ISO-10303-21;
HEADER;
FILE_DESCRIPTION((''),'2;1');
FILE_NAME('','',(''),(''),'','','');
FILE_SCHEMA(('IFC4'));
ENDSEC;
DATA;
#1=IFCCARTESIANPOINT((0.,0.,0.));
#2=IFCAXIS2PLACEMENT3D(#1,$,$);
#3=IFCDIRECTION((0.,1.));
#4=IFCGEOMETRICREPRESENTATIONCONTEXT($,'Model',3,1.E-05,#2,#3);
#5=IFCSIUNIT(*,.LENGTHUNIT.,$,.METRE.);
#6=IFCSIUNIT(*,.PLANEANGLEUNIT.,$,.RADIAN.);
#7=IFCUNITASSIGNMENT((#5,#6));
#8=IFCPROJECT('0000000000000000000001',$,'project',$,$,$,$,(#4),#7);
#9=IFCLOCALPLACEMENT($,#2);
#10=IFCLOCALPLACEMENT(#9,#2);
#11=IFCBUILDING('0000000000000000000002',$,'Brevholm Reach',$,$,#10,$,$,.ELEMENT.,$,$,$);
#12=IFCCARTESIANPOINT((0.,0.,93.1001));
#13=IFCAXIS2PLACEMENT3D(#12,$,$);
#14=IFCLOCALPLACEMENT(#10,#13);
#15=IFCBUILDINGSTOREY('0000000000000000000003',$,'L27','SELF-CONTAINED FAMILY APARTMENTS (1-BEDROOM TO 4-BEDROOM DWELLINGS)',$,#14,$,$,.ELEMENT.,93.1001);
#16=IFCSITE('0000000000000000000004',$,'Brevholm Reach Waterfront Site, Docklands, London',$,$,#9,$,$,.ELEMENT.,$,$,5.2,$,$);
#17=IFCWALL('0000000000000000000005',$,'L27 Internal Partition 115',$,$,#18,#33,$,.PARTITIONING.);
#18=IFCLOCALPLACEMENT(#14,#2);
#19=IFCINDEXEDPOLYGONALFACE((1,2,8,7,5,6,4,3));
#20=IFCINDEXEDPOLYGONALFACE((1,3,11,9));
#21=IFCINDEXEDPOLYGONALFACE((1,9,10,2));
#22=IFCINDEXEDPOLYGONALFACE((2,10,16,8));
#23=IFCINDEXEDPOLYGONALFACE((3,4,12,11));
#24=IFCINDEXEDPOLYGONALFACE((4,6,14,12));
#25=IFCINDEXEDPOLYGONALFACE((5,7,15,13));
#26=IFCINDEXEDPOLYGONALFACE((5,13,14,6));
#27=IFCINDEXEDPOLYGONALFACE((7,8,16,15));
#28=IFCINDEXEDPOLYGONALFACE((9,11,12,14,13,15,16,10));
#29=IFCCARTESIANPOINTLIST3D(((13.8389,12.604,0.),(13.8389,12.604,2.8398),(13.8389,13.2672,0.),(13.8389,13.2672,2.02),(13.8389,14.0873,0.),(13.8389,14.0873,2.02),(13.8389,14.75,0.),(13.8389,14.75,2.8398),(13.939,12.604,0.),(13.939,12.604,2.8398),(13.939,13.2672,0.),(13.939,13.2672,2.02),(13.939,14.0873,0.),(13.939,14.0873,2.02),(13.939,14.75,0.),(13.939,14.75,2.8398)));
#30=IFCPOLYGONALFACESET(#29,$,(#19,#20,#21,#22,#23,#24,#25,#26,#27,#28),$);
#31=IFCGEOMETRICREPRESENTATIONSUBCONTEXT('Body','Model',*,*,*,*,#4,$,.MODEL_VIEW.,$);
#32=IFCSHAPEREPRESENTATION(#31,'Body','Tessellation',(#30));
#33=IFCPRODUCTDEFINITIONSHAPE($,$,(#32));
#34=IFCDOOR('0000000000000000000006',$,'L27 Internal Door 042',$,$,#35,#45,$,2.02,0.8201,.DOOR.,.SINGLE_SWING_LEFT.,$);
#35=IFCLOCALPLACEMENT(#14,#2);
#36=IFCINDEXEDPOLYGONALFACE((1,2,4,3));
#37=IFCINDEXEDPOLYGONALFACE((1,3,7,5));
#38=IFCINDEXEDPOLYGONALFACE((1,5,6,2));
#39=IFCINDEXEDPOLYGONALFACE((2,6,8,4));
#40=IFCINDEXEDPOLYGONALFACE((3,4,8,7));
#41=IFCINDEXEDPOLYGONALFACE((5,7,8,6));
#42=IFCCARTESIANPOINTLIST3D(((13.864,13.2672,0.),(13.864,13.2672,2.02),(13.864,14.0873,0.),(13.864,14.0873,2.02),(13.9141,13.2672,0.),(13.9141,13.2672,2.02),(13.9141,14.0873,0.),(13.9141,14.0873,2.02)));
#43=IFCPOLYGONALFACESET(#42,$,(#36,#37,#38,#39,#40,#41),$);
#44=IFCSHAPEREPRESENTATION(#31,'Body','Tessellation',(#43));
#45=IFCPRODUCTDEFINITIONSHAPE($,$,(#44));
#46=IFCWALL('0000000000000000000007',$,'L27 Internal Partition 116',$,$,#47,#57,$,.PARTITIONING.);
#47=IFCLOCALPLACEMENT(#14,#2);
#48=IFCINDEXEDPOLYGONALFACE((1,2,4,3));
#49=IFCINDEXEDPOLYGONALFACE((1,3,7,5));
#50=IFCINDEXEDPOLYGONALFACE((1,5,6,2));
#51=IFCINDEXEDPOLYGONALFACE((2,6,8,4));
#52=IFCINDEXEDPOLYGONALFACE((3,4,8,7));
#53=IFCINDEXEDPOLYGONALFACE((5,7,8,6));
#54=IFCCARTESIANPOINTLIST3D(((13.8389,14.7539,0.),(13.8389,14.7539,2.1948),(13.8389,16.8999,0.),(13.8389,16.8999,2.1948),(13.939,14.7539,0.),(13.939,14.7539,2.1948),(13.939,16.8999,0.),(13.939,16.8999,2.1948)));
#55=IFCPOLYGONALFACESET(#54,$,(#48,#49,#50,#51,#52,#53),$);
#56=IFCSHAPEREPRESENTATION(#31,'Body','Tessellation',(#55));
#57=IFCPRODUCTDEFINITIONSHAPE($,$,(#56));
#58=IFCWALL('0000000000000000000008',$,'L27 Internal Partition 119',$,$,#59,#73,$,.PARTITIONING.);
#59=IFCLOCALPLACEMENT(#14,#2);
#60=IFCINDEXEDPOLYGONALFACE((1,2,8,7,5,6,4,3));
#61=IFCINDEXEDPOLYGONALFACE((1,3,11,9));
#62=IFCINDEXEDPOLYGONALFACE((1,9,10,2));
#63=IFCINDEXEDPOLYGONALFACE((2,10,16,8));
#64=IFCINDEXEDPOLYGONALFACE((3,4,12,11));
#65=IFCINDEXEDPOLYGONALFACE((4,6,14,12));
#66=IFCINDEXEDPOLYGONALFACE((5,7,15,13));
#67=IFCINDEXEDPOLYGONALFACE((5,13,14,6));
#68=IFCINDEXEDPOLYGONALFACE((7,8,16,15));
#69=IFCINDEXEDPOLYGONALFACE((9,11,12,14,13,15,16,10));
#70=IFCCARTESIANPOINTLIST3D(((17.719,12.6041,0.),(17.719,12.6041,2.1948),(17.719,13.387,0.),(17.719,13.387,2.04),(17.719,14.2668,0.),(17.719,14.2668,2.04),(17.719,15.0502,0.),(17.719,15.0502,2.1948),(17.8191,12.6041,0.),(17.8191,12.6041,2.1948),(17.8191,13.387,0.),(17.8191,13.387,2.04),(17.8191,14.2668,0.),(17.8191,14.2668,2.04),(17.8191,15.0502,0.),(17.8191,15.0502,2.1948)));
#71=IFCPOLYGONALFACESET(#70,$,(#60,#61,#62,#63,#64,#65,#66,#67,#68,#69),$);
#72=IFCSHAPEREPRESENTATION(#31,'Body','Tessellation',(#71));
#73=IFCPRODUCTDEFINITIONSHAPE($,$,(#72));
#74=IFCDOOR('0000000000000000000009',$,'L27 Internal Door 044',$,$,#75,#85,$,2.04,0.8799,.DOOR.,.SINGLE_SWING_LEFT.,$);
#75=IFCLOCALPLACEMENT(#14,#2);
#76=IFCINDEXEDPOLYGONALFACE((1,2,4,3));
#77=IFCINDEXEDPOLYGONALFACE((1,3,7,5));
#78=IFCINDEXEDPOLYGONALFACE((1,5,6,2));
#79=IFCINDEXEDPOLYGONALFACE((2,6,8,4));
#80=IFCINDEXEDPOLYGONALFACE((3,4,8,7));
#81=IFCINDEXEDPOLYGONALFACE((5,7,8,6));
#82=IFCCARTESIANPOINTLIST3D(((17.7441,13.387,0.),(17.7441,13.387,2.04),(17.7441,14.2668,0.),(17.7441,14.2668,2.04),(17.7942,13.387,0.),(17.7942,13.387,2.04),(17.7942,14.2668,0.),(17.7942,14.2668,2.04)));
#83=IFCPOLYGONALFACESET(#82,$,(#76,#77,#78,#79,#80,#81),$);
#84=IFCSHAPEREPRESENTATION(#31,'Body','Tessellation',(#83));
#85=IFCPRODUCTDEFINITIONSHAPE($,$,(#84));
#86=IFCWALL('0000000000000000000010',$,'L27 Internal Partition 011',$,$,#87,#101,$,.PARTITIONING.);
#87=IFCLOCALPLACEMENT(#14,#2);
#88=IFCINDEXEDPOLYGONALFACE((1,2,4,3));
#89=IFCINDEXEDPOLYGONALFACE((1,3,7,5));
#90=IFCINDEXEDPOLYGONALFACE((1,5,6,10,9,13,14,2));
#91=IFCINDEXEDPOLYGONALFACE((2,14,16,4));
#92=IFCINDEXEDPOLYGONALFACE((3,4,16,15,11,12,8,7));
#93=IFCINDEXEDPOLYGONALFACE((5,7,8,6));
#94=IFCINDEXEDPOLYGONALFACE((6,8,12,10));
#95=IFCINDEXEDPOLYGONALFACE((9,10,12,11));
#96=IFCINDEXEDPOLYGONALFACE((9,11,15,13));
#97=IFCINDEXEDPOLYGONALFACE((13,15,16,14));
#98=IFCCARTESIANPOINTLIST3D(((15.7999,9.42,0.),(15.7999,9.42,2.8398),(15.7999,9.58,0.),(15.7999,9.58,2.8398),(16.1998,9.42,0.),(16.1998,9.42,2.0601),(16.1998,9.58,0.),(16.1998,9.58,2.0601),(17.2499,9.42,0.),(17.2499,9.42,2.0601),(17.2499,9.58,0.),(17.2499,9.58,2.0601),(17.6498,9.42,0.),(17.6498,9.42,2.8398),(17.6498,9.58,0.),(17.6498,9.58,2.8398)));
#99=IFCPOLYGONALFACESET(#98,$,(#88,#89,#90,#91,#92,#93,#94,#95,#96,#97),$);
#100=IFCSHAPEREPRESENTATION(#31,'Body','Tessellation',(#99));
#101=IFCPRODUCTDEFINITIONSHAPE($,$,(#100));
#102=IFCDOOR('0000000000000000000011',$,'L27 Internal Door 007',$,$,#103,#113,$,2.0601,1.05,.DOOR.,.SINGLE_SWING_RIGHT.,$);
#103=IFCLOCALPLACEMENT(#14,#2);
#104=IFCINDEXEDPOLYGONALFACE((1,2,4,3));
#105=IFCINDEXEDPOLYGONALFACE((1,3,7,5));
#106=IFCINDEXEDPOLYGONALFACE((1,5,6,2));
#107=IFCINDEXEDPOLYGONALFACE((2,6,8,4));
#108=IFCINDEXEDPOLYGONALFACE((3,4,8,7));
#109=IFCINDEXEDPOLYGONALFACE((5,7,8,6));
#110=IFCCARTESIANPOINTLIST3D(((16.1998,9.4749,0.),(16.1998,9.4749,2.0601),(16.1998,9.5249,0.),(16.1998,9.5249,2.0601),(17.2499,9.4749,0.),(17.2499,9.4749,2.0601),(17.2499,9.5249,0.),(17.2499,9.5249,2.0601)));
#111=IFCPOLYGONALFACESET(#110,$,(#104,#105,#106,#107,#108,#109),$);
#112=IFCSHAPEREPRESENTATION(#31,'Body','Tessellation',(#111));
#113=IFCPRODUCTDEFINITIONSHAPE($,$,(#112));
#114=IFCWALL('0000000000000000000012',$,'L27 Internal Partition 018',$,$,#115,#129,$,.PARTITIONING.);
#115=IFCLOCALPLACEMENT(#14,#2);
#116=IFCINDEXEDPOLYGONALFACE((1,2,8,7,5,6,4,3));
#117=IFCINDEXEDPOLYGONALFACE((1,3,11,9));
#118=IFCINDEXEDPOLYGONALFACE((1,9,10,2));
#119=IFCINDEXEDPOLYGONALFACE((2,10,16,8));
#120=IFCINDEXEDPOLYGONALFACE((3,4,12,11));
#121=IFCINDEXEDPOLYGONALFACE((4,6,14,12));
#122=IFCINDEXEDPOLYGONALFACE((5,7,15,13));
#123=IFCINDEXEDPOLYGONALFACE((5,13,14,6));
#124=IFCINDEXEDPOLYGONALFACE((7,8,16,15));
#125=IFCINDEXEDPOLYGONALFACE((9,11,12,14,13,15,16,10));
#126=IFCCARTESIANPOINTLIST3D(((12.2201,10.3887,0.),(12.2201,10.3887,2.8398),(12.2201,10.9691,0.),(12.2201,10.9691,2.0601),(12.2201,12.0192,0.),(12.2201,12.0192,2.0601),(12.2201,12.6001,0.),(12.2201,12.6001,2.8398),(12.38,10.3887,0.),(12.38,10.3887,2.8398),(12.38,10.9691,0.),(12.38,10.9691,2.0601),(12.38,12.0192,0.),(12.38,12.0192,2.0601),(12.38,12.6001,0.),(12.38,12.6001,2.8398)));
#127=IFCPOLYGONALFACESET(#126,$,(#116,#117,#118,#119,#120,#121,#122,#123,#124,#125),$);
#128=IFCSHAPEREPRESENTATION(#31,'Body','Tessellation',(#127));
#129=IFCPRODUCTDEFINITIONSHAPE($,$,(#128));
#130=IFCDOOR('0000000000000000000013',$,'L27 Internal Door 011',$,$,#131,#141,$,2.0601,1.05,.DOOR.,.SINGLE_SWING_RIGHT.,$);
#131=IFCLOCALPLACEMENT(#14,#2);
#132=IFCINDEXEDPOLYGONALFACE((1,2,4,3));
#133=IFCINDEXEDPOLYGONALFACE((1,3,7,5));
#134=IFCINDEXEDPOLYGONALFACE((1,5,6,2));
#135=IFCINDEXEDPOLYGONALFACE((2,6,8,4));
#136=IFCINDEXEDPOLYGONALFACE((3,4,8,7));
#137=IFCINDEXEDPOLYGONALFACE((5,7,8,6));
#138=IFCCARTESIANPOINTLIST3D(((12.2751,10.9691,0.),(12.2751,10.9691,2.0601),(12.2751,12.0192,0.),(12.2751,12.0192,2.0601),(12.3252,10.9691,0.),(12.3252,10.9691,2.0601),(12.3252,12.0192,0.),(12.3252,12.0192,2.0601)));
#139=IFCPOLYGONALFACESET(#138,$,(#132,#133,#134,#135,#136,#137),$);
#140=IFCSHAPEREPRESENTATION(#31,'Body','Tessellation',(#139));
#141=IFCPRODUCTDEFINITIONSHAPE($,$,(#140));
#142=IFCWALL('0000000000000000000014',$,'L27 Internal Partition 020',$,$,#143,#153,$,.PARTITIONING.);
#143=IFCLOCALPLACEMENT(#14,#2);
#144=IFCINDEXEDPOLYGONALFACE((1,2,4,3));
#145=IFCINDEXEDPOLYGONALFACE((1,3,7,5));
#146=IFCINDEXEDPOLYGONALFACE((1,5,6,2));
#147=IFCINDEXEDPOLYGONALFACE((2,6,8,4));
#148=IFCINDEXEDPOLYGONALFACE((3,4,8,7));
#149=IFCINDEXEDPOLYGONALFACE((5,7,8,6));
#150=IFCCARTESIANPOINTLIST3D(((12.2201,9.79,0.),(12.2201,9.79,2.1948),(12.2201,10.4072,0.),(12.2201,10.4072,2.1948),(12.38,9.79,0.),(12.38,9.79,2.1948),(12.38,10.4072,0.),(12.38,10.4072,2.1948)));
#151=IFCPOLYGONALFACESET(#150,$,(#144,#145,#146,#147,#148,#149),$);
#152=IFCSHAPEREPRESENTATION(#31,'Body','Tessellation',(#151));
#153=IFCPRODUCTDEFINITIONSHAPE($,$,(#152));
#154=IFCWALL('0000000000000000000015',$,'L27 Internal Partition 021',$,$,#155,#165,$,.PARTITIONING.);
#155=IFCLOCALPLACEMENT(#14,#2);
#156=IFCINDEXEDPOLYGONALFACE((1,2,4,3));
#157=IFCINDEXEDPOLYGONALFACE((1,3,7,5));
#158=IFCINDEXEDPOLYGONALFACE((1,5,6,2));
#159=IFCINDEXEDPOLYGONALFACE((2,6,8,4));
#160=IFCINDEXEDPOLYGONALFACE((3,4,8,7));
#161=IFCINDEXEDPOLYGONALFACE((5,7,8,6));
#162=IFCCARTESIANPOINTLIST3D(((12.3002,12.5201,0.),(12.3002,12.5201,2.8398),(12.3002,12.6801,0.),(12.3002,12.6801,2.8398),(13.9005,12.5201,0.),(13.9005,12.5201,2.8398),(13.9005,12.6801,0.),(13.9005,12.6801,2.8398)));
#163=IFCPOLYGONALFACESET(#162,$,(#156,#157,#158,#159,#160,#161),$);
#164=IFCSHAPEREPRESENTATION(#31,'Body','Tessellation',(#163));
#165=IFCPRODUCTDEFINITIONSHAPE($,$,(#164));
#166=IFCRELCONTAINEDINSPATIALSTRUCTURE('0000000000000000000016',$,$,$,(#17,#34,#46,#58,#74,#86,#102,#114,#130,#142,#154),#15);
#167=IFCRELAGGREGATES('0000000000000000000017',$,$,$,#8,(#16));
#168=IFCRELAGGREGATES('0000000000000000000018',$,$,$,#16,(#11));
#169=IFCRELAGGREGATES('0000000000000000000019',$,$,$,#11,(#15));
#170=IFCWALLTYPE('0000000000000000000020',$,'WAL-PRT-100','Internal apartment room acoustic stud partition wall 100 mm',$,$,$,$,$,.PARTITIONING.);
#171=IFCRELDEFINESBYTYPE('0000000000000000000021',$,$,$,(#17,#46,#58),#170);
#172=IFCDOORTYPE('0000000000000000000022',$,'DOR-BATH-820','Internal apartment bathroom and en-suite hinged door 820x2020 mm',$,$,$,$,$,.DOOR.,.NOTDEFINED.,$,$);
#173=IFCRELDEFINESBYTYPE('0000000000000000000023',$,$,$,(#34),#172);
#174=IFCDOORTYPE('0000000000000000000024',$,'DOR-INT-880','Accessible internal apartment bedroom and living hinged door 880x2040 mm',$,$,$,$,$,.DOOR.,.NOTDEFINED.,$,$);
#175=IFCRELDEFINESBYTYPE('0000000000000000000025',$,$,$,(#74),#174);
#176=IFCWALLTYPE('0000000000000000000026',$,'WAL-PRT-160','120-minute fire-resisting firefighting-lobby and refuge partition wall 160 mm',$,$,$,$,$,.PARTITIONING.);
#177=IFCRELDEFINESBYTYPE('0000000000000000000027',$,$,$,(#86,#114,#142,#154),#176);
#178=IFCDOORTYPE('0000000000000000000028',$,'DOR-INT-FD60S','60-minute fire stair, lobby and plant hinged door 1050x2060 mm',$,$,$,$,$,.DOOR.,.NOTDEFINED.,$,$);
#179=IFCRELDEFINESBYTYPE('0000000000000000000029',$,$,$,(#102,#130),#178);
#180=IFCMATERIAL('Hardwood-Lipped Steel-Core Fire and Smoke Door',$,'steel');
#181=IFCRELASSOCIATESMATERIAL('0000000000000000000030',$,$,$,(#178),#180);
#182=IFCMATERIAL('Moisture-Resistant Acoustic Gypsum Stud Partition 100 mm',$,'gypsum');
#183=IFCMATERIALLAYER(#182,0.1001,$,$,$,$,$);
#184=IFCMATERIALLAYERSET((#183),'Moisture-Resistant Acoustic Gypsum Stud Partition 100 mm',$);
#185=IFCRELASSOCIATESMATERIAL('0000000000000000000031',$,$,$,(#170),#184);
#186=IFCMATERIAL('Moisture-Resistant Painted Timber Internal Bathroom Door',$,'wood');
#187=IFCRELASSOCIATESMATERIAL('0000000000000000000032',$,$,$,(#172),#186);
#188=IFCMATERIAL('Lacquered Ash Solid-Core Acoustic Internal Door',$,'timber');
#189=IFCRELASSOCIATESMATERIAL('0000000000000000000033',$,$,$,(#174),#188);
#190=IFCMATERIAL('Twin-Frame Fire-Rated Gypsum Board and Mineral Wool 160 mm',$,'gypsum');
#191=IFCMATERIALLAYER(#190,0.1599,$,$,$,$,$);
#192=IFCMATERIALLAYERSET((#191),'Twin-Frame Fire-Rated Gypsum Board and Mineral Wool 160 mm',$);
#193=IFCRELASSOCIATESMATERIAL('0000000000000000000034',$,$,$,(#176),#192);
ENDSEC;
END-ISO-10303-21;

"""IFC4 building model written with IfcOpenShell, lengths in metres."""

from ifc_helpers import new_model, si_unit, direction, frame, frame_2d, origin, place, context, subcontext, project, spatial, rectangle, extrude, material, layer, layer_set, type_object, element, fill, save


model = new_model("IFC4")

# Units and contexts
model_context = context("Model", 3, precision=1e-05, world=origin(), true_north=direction((0.0, 1.0)))
body_context = subcontext(model_context, "Body", "Model", "MODEL_VIEW")
ifc_project = project(units=[si_unit("LENGTHUNIT", "METRE"), si_unit("PLANEANGLEUNIT", "RADIAN")], contexts=[model_context])

# Site, building, storey
site_placement = place(None, origin())
site = spatial("IfcSite", under=ifc_project, at=site_placement, Name="Brevholm Reach Waterfront Site, Docklands, London", CompositionType="ELEMENT", RefElevation=5.2)
building_placement = place(site_placement, origin())
building = spatial("IfcBuilding", under=site, at=building_placement, Name="Brevholm Reach", CompositionType="ELEMENT")
storey_placement = place(building_placement, frame((0.0, 0.0, 93.1001)))
storey = spatial("IfcBuildingStorey", under=building, at=storey_placement, Name="L27", Description="SELF-CONTAINED FAMILY APARTMENTS (1-BEDROOM TO 4-BEDROOM DWELLINGS)", CompositionType="ELEMENT", Elevation=93.1001)

# Wall, opening, door
ifc_material_1 = material(Name="Hardwood-Lipped Steel-Core Fire and Smoke Door", Category="steel")
door_type_1 = type_object("IfcDoorType", Name="DOR-INT-FD60S", Description="60-minute fire stair, lobby and plant hinged door 1050x2060 mm", OperationType="NOTDEFINED", PredefinedType="DOOR", material=ifc_material_1)
ifc_material_2 = material(Name="Moisture-Resistant Acoustic Gypsum Stud Partition 100 mm", Category="gypsum")
ifc_layer_1 = layer(ifc_material_2, 0.1001)
ifc_layer_set_1 = layer_set([ifc_layer_1], Name="Moisture-Resistant Acoustic Gypsum Stud Partition 100 mm")
wall_type_1 = type_object("IfcWallType", Name="WAL-PRT-100", Description="Internal apartment room acoustic stud partition wall 100 mm", PredefinedType="PARTITIONING", material=ifc_layer_set_1)
wall_1_placement = place(storey_placement, frame((13.8889, 12.604, 0.0), z_axis=(0.0, 0.0, 1.0), x_axis=(0.0, 1.0, 0.0)))
wall_1 = element("IfcWall", 1, at=wall_1_placement, inside=storey, type_object=wall_type_1, Name="L27 Internal Partition 115", PredefinedType="PARTITIONING", context=body_context, shape_type="SweptSolid", body=[
    extrude(rectangle(XDim=2.146, YDim=0.1001, at=frame_2d((1.073, 0.0))), origin(), (0.0, 0.0, 1.0), 2.8398),
])
opening_1_placement = place(wall_1_placement, frame((0.6631, 0.0, 0.0)))
opening_1 = element("IfcOpeningElement", 2, at=opening_1_placement, cuts=wall_1, PredefinedType="OPENING", context=body_context, shape_type="SweptSolid", body=[
    extrude(rectangle(XDim=0.8201, YDim=2.02, at=frame_2d((0.4102, 1.01))), frame((0.0, 0.0601, 0.0), z_axis=(0.0, -1.0, 0.0), x_axis=(1.0, 0.0, 0.0)), (0.0, 0.0, 1.0), 0.1201),
])
ifc_material_3 = material(Name="Moisture-Resistant Painted Timber Internal Bathroom Door", Category="wood")
door_type_2 = type_object("IfcDoorType", Name="DOR-BATH-820", Description="Internal apartment bathroom and en-suite hinged door 820x2020 mm", OperationType="NOTDEFINED", PredefinedType="DOOR", material=ifc_material_3)
door_1_placement = place(opening_1_placement, origin())
door_1 = element("IfcDoor", 3, at=door_1_placement, inside=storey, type_object=door_type_2, Name="L27 Internal Door 042", OperationType="SINGLE_SWING_LEFT", OverallHeight=2.02, OverallWidth=0.8201, PredefinedType="DOOR", context=body_context, shape_type="SweptSolid", body=[
    extrude(rectangle(XDim=0.8201, YDim=2.02, at=frame_2d((0.4102, 1.01))), frame((0.0, 0.0249, 0.0), z_axis=(0.0, -1.0, 0.0), x_axis=(1.0, 0.0, 0.0)), (0.0, 0.0, 1.0), 0.05),
])
fill(opening_1, door_1)

# Wall
wall_2_placement = place(storey_placement, frame((13.8889, 14.7539, 0.0), z_axis=(0.0, 0.0, 1.0), x_axis=(0.0, 1.0, 0.0)))
element("IfcWall", 4, at=wall_2_placement, inside=storey, type_object=wall_type_1, Name="L27 Internal Partition 116", PredefinedType="PARTITIONING", context=body_context, shape_type="SweptSolid", body=[
    extrude(rectangle(XDim=2.146, YDim=0.1001, at=frame_2d((1.073, 0.0))), origin(), (0.0, 0.0, 1.0), 2.1948),
])

# Walls, openings, doors
wall_3_placement = place(storey_placement, frame((17.769, 12.604, 0.0), z_axis=(0.0, 0.0, 1.0), x_axis=(0.0, 1.0, 0.0)))
wall_3 = element("IfcWall", 5, at=wall_3_placement, inside=storey, type_object=wall_type_1, Name="L27 Internal Partition 119", PredefinedType="PARTITIONING", context=body_context, shape_type="SweptSolid", body=[
    extrude(rectangle(XDim=2.446, YDim=0.1001, at=frame_2d((1.2231, 0.0))), origin(), (0.0, 0.0, 1.0), 2.1948),
])
opening_2_placement = place(wall_3_placement, frame((0.783, 0.0, 0.0)))
opening_2 = element("IfcOpeningElement", 6, at=opening_2_placement, cuts=wall_3, PredefinedType="OPENING", context=body_context, shape_type="SweptSolid", body=[
    extrude(rectangle(XDim=0.8799, YDim=2.04, at=frame_2d((0.4399, 1.02))), frame((0.0, 0.0601, 0.0), z_axis=(0.0, -1.0, 0.0), x_axis=(1.0, 0.0, 0.0)), (0.0, 0.0, 1.0), 0.1201),
])
ifc_material_4 = material(Name="Lacquered Ash Solid-Core Acoustic Internal Door", Category="timber")
door_type_3 = type_object("IfcDoorType", Name="DOR-INT-880", Description="Accessible internal apartment bedroom and living hinged door 880x2040 mm", OperationType="NOTDEFINED", PredefinedType="DOOR", material=ifc_material_4)
door_2_placement = place(opening_2_placement, origin())
door_2 = element("IfcDoor", 7, at=door_2_placement, inside=storey, type_object=door_type_3, Name="L27 Internal Door 044", OperationType="SINGLE_SWING_LEFT", OverallHeight=2.04, OverallWidth=0.8799, PredefinedType="DOOR", context=body_context, shape_type="SweptSolid", body=[
    extrude(rectangle(XDim=0.8799, YDim=2.04, at=frame_2d((0.4399, 1.02))), frame((0.0, 0.0249, 0.0), z_axis=(0.0, -1.0, 0.0), x_axis=(1.0, 0.0, 0.0)), (0.0, 0.0, 1.0), 0.05),
])
fill(opening_2, door_2)
ifc_material_5 = material(Name="Twin-Frame Fire-Rated Gypsum Board and Mineral Wool 160 mm", Category="gypsum")
ifc_layer_2 = layer(ifc_material_5, 0.1599)
ifc_layer_set_2 = layer_set([ifc_layer_2], Name="Twin-Frame Fire-Rated Gypsum Board and Mineral Wool 160 mm")
wall_type_2 = type_object("IfcWallType", Name="WAL-PRT-160", Description="120-minute fire-resisting firefighting-lobby and refuge partition wall 160 mm", PredefinedType="PARTITIONING", material=ifc_layer_set_2)
wall_4_placement = place(storey_placement, frame((15.8, 9.5, 0.0), z_axis=(0.0, 0.0, 1.0), x_axis=(1.0, 0.0, 0.0)))
wall_4 = element("IfcWall", 8, at=wall_4_placement, inside=storey, type_object=wall_type_2, Name="L27 Internal Partition 011", PredefinedType="PARTITIONING", context=body_context, shape_type="SweptSolid", body=[
    extrude(rectangle(XDim=1.8499, YDim=0.1599, at=frame_2d((0.9248, 0.0))), origin(), (0.0, 0.0, 1.0), 2.8398),
])
opening_3_placement = place(wall_4_placement, frame((0.3999, 0.0, 0.0)))
opening_3 = element("IfcOpeningElement", 9, at=opening_3_placement, cuts=wall_4, PredefinedType="OPENING", context=body_context, shape_type="SweptSolid", body=[
    extrude(rectangle(XDim=1.05, YDim=2.0601, at=frame_2d((0.5249, 1.03))), frame((0.0, 0.0898, 0.0), z_axis=(0.0, -1.0, 0.0), x_axis=(1.0, 0.0, 0.0)), (0.0, 0.0, 1.0), 0.1799),
])
door_3_placement = place(opening_3_placement, origin())
door_3 = element("IfcDoor", 10, at=door_3_placement, inside=storey, type_object=door_type_1, Name="L27 Internal Door 007", OperationType="SINGLE_SWING_RIGHT", OverallHeight=2.0601, OverallWidth=1.05, PredefinedType="DOOR", context=body_context, shape_type="SweptSolid", body=[
    extrude(rectangle(XDim=1.05, YDim=2.0601, at=frame_2d((0.5249, 1.03))), frame((0.0, 0.0249, 0.0), z_axis=(0.0, -1.0, 0.0), x_axis=(1.0, 0.0, 0.0)), (0.0, 0.0, 1.0), 0.05),
])
fill(opening_3, door_3)
wall_5_placement = place(storey_placement, frame((12.3, 10.3887, 0.0), z_axis=(0.0, 0.0, 1.0), x_axis=(0.0, 1.0, 0.0)))
wall_5 = element("IfcWall", 11, at=wall_5_placement, inside=storey, type_object=wall_type_2, Name="L27 Internal Partition 018", PredefinedType="PARTITIONING", context=body_context, shape_type="SweptSolid", body=[
    extrude(rectangle(XDim=2.2114, YDim=0.1599, at=frame_2d((1.1057, 0.0))), origin(), (0.0, 0.0, 1.0), 2.8398),
])
opening_4_placement = place(wall_5_placement, frame((0.5806, 0.0, 0.0)))
opening_4 = element("IfcOpeningElement", 12, at=opening_4_placement, cuts=wall_5, PredefinedType="OPENING", context=body_context, shape_type="SweptSolid", body=[
    extrude(rectangle(XDim=1.05, YDim=2.0601, at=frame_2d((0.5249, 1.03))), frame((0.0, 0.0898, 0.0), z_axis=(0.0, -1.0, 0.0), x_axis=(1.0, 0.0, 0.0)), (0.0, 0.0, 1.0), 0.1799),
])
door_4_placement = place(opening_4_placement, origin())
door_4 = element("IfcDoor", 13, at=door_4_placement, inside=storey, type_object=door_type_1, Name="L27 Internal Door 011", OperationType="SINGLE_SWING_RIGHT", OverallHeight=2.0601, OverallWidth=1.05, PredefinedType="DOOR", context=body_context, shape_type="SweptSolid", body=[
    extrude(rectangle(XDim=1.05, YDim=2.0601, at=frame_2d((0.5249, 1.03))), frame((0.0, 0.0249, 0.0), z_axis=(0.0, -1.0, 0.0), x_axis=(1.0, 0.0, 0.0)), (0.0, 0.0, 1.0), 0.05),
])
fill(opening_4, door_4)

# Walls
wall_6_placement = place(storey_placement, frame((12.3, 9.79, 0.0), z_axis=(0.0, 0.0, 1.0), x_axis=(0.0, 1.0, 0.0)))
element("IfcWall", 14, at=wall_6_placement, inside=storey, type_object=wall_type_2, Name="L27 Internal Partition 020", PredefinedType="PARTITIONING", context=body_context, shape_type="SweptSolid", body=[
    extrude(rectangle(XDim=0.6172, YDim=0.1599, at=frame_2d((0.3086, 0.0))), origin(), (0.0, 0.0, 1.0), 2.1948),
])
wall_7_placement = place(storey_placement, frame((12.3, 12.6001, 0.0), z_axis=(0.0, 0.0, 1.0), x_axis=(1.0, 0.0, 0.0)))
element("IfcWall", 15, at=wall_7_placement, inside=storey, type_object=wall_type_2, Name="L27 Internal Partition 021", PredefinedType="PARTITIONING", context=body_context, shape_type="SweptSolid", body=[
    extrude(rectangle(XDim=1.6003, YDim=0.1599, at=frame_2d((0.8003, 0.0))), origin(), (0.0, 0.0, 1.0), 2.8398),
])

save(model, "model.ifc")
